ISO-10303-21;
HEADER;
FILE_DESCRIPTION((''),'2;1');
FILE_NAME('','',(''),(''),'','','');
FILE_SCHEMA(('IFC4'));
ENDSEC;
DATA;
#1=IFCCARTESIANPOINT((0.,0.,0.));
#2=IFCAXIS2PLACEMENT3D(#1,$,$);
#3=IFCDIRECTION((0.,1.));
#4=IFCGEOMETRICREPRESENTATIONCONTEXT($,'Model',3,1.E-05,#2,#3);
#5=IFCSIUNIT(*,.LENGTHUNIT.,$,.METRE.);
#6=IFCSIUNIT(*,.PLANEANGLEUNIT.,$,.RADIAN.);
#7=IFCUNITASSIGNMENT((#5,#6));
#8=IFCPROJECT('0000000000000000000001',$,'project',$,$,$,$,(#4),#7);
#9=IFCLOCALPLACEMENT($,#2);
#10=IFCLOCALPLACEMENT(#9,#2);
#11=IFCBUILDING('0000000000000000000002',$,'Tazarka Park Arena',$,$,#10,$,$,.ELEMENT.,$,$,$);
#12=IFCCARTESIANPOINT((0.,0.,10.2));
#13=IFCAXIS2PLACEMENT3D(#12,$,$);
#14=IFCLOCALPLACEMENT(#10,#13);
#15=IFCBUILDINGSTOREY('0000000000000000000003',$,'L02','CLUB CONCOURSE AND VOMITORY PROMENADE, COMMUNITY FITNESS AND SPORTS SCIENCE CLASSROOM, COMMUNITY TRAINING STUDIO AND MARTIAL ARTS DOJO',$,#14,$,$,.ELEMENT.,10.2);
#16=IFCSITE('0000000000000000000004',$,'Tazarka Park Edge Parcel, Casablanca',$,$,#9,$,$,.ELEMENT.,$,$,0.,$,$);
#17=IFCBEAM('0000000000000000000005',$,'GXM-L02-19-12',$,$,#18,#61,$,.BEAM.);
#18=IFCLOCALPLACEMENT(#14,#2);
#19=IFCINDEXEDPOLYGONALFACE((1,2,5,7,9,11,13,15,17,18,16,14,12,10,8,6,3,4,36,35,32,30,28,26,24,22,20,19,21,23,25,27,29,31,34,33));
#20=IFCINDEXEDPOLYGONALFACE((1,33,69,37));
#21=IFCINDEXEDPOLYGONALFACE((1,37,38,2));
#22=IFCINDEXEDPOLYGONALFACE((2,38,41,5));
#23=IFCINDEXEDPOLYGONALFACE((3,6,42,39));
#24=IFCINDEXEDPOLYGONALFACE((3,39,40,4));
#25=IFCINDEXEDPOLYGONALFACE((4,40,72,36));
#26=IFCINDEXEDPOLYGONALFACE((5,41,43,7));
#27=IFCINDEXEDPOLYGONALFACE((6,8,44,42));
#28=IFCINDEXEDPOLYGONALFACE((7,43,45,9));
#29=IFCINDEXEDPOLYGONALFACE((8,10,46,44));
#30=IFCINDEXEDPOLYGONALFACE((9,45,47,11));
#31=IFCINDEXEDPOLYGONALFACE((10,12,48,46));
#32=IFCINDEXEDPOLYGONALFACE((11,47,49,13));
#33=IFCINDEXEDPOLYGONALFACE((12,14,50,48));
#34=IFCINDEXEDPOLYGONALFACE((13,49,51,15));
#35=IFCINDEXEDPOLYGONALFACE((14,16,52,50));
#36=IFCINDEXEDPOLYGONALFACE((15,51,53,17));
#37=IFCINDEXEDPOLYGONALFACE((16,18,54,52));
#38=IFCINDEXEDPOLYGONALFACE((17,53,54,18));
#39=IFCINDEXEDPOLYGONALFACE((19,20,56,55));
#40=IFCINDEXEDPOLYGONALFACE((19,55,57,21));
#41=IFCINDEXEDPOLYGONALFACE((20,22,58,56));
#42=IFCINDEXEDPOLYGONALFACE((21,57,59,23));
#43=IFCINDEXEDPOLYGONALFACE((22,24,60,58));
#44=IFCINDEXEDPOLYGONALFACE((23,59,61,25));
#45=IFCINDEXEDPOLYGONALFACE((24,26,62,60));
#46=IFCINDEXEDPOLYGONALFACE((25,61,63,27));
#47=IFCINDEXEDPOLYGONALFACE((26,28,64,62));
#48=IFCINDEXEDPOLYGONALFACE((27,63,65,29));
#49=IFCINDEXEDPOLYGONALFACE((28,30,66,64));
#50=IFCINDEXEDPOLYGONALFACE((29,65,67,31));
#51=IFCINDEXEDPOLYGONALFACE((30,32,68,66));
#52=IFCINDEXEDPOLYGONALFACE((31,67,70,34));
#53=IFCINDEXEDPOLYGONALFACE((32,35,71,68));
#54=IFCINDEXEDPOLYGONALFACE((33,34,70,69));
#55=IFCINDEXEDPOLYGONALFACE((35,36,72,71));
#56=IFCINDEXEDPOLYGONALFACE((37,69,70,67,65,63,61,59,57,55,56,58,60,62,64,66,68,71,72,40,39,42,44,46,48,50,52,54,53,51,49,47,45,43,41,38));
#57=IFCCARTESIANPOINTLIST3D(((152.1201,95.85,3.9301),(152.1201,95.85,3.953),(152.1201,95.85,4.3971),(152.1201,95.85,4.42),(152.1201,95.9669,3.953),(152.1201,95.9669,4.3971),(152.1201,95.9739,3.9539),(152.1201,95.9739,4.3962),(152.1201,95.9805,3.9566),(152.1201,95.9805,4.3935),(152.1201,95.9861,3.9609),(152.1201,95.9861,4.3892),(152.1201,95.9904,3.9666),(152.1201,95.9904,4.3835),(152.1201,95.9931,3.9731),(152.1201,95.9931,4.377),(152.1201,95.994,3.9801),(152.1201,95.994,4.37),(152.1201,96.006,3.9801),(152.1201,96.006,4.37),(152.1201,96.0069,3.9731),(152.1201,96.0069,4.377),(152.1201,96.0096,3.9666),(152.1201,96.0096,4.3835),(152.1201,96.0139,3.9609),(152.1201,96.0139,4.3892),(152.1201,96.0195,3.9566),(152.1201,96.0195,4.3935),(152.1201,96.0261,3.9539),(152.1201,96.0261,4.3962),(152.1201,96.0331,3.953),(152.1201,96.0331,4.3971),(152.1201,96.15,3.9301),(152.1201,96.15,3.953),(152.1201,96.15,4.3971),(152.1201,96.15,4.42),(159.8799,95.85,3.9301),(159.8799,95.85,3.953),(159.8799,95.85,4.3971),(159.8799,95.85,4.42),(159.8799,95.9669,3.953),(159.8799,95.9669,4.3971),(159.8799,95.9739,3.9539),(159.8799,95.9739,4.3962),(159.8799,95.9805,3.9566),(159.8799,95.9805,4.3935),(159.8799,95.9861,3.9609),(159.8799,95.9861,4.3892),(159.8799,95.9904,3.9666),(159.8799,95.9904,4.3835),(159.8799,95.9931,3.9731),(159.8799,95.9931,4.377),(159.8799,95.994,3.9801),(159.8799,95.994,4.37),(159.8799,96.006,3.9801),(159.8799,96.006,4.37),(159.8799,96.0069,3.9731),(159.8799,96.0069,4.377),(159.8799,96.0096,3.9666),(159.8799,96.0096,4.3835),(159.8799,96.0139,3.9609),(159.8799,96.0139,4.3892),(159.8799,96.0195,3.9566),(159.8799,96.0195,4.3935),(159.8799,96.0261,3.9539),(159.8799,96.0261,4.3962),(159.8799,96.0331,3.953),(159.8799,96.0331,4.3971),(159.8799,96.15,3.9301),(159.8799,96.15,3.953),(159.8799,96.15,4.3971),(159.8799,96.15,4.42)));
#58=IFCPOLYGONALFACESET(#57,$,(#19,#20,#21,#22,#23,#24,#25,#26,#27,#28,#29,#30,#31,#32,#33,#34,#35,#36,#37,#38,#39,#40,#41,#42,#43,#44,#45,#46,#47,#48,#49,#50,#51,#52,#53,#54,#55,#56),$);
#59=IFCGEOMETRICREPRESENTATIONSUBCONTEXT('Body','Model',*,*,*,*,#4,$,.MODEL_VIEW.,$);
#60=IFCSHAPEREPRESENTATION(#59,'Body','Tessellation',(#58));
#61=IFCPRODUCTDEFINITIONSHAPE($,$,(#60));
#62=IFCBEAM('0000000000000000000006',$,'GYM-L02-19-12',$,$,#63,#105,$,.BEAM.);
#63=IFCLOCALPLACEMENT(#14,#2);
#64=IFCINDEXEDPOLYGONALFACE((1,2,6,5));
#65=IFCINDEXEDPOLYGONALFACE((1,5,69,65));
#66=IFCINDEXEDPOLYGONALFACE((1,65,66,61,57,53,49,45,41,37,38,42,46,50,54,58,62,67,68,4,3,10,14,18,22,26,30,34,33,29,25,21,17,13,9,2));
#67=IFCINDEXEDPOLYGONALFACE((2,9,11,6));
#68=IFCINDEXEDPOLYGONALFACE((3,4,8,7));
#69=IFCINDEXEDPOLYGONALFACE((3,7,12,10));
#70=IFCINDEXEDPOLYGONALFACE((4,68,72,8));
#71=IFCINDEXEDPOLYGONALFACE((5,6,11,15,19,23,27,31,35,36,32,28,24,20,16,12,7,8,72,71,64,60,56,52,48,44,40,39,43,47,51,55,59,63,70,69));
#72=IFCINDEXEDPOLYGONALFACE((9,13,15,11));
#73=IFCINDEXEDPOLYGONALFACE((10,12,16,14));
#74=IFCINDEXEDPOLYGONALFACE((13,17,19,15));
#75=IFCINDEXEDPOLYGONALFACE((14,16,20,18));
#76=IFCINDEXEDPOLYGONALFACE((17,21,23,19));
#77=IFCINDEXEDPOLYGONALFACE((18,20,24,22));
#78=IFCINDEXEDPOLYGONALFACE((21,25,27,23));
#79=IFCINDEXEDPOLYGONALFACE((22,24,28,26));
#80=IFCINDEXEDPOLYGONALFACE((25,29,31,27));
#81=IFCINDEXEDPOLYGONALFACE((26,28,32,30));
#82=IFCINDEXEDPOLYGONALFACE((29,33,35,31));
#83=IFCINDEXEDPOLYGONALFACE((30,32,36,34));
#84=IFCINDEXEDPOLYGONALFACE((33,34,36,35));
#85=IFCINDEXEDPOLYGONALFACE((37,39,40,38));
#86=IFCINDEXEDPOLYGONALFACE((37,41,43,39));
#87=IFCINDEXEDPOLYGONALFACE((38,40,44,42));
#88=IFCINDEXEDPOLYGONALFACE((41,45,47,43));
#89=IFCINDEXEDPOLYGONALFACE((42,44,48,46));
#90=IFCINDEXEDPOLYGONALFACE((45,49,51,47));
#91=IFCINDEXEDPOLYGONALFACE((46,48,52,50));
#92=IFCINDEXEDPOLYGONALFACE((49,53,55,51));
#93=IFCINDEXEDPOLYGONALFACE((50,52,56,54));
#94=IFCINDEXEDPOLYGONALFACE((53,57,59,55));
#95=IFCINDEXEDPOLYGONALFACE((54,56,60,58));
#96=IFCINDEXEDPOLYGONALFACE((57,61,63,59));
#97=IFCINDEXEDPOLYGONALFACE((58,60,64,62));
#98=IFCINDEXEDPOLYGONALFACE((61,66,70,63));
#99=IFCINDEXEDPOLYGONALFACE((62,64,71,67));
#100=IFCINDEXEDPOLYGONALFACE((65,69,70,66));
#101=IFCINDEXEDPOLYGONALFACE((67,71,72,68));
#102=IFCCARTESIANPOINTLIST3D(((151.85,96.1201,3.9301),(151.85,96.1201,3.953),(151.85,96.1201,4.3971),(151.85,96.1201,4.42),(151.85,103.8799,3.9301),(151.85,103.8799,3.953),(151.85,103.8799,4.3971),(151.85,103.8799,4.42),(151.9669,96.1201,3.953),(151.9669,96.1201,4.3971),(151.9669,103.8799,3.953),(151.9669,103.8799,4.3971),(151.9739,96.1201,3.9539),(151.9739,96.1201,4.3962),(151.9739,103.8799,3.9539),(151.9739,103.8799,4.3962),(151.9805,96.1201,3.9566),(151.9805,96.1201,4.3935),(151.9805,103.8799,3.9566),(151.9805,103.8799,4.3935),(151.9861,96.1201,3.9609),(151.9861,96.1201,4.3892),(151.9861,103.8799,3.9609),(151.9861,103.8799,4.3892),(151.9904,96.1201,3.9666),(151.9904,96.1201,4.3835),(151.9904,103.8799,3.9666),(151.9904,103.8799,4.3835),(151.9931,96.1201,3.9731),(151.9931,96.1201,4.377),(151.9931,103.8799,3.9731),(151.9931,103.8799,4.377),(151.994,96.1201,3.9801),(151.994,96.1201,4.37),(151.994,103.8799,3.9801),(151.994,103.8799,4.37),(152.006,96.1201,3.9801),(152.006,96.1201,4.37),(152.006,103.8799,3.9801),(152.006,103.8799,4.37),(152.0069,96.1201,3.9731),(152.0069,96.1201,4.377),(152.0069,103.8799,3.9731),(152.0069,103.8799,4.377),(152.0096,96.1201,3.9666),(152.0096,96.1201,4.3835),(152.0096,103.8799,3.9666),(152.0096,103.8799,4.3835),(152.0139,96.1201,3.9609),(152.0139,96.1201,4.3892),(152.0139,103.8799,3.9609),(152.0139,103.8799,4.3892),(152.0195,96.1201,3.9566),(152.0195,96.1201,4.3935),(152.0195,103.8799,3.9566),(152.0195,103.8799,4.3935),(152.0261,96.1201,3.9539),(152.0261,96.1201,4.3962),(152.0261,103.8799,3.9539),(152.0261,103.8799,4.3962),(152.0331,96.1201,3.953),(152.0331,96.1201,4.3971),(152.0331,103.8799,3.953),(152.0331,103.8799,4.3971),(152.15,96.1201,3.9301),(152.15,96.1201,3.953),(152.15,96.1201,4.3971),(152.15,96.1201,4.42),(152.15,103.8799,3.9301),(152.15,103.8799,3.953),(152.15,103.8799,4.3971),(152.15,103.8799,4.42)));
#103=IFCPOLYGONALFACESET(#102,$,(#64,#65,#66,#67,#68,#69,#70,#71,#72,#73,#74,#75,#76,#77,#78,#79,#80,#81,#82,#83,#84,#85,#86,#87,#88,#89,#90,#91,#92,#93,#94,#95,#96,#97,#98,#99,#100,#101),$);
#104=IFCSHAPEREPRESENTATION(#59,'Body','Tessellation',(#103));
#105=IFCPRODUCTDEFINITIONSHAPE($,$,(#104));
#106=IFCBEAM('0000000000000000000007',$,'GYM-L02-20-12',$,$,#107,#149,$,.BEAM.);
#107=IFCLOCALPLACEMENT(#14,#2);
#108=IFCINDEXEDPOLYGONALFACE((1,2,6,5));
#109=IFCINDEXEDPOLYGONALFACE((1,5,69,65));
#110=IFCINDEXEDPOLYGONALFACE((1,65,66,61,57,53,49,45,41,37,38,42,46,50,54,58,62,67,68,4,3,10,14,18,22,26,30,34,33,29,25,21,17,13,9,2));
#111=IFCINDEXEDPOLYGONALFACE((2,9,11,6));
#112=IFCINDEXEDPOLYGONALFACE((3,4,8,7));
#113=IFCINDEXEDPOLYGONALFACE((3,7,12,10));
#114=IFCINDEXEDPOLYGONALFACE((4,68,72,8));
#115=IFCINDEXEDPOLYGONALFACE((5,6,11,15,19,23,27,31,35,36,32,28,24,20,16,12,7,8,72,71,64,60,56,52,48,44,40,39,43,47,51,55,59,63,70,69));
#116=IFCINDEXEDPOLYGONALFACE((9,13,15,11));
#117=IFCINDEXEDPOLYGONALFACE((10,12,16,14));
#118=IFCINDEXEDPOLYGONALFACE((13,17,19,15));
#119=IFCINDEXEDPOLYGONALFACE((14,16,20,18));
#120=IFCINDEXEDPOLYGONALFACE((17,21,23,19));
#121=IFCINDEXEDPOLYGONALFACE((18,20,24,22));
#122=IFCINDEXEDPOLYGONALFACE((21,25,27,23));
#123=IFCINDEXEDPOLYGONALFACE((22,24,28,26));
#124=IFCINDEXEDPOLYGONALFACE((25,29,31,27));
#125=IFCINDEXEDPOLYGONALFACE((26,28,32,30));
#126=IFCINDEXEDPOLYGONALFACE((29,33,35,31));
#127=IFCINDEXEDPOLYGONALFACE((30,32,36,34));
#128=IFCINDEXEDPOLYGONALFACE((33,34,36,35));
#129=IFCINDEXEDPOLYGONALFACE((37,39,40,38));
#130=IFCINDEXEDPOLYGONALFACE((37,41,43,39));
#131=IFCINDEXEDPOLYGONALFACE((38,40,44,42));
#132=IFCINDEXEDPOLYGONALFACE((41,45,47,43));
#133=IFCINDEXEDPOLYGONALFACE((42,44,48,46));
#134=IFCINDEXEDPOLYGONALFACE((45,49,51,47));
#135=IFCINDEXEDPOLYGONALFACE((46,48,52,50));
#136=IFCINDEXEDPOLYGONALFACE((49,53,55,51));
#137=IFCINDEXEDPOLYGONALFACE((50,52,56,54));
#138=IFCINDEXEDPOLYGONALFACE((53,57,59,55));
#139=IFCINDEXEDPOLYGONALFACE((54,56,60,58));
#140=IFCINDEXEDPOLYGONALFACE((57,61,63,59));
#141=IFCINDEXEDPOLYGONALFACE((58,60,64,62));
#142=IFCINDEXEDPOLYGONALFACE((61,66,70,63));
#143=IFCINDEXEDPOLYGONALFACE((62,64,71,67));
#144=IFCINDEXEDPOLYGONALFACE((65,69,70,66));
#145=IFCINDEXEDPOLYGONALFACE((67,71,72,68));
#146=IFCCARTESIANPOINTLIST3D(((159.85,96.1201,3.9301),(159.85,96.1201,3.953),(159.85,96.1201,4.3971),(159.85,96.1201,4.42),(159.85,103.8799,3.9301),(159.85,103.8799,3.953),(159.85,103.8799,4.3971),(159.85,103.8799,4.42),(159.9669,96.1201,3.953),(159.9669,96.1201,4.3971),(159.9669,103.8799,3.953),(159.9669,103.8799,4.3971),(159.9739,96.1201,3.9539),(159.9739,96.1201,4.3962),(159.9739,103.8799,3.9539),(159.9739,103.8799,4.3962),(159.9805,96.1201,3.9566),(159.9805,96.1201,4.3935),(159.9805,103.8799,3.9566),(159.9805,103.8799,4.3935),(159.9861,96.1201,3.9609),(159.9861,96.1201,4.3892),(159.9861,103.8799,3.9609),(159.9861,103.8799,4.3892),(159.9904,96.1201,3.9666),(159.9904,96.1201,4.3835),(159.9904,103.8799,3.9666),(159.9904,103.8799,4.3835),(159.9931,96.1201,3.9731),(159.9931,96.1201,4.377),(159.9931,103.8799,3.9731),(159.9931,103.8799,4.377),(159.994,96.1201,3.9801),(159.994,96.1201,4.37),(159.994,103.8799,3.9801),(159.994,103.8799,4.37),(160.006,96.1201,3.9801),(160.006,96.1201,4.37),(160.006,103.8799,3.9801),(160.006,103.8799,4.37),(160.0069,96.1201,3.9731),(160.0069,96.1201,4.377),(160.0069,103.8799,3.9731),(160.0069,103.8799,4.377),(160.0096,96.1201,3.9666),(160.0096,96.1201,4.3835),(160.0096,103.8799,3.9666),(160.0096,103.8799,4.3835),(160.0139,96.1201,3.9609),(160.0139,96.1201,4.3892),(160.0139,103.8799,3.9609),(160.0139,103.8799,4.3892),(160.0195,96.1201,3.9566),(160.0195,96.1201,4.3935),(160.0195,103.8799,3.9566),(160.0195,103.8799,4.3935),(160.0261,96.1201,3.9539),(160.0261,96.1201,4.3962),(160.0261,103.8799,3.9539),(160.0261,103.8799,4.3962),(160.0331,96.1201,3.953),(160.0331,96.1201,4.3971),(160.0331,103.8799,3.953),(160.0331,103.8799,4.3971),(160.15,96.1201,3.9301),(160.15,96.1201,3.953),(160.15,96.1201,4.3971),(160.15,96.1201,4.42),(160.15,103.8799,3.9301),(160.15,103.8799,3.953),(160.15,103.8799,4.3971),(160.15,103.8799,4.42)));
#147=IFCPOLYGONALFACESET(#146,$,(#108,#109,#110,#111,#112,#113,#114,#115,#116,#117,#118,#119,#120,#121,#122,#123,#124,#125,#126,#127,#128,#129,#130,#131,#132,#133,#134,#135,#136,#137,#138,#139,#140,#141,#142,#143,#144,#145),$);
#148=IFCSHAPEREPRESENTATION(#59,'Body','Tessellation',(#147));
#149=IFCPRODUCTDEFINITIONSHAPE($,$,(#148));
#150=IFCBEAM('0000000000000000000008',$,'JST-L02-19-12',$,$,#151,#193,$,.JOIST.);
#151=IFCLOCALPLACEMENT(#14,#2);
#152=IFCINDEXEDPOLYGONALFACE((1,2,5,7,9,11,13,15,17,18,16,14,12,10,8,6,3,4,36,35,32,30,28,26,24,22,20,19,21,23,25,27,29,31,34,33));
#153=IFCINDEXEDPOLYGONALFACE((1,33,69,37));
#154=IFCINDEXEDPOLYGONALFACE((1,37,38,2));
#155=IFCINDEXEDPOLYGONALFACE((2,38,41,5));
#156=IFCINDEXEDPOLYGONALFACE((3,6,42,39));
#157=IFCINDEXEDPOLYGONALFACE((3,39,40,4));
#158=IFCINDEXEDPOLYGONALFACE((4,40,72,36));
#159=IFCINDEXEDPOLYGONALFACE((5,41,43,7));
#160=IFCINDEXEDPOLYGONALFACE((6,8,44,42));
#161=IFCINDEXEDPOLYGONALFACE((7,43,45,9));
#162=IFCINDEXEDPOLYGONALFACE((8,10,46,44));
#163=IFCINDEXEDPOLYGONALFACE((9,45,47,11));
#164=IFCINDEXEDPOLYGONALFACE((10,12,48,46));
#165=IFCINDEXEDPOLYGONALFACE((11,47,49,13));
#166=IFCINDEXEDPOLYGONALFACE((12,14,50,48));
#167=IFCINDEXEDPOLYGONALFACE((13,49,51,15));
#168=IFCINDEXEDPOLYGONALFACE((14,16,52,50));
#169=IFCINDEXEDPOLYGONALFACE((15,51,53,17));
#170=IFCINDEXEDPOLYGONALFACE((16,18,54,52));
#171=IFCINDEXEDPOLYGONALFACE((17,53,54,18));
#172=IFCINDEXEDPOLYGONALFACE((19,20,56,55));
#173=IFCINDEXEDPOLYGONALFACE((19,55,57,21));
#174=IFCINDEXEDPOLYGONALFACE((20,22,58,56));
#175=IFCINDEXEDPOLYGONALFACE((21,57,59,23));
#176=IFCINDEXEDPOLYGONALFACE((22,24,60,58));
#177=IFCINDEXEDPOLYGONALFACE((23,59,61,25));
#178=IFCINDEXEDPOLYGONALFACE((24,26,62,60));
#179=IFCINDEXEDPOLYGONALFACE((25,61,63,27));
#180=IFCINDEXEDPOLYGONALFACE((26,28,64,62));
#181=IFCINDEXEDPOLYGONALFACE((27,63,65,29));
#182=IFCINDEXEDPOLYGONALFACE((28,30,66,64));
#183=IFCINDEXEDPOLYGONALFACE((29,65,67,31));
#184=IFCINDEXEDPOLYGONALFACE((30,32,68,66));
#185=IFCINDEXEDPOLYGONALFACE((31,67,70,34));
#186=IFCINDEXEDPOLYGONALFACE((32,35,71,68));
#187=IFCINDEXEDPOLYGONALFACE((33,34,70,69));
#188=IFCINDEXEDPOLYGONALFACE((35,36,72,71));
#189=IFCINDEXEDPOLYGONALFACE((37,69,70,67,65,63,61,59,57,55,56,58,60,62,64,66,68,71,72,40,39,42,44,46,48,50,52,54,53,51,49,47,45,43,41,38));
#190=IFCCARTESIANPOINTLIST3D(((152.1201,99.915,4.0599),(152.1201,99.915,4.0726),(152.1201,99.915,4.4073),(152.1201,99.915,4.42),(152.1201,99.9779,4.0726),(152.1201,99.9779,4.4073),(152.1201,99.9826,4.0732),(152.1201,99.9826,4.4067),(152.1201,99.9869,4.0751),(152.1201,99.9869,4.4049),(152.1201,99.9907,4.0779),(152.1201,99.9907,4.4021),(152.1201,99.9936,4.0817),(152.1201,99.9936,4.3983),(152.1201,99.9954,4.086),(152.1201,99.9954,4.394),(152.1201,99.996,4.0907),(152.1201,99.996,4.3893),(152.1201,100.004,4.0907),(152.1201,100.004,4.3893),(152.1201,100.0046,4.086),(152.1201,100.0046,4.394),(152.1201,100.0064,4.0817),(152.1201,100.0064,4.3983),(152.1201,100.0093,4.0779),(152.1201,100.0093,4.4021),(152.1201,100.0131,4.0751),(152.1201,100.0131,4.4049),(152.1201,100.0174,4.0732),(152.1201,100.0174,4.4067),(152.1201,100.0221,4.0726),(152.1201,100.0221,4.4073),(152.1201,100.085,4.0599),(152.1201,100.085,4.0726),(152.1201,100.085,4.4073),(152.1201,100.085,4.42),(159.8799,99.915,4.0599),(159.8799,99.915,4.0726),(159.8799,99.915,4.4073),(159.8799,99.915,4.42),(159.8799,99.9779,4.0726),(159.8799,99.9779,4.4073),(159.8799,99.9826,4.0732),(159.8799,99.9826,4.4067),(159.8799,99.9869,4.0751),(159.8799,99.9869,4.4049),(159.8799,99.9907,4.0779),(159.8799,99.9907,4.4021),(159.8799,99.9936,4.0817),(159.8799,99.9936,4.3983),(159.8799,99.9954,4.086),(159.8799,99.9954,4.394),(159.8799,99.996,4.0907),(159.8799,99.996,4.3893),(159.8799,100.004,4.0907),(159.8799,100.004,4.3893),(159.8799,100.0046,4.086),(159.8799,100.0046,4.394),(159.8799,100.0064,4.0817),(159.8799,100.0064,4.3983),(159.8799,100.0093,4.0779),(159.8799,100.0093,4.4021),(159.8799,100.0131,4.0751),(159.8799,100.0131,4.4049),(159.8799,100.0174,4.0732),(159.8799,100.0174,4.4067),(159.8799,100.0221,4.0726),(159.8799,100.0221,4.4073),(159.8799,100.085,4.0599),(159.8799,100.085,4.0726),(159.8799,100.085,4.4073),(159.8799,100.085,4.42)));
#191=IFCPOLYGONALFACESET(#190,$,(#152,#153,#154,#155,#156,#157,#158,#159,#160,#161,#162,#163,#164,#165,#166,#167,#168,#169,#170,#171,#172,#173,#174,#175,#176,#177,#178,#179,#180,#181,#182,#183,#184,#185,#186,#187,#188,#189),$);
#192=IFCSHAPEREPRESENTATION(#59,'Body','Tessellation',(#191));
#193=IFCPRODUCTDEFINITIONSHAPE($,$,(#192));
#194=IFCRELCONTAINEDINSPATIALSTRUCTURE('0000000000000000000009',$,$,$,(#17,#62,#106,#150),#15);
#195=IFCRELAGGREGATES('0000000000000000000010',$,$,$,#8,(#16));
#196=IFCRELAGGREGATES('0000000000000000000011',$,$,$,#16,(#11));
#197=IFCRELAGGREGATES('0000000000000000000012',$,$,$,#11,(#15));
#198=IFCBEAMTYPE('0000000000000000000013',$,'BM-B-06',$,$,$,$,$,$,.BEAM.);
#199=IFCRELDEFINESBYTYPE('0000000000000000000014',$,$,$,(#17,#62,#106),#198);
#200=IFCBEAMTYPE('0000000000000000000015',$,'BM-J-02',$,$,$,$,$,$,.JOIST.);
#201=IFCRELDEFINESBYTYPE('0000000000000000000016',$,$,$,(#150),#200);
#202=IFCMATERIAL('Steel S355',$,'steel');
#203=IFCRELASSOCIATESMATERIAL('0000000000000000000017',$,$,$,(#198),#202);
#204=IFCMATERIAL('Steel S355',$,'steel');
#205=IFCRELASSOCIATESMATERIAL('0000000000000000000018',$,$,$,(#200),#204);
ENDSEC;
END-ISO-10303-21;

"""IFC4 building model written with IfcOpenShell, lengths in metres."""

from ifc_helpers import new_model, si_unit, direction, frame, origin, origin_2d, place, context, subcontext, project, spatial, i_section, extrude, material, material_profile, profile_set, type_object, element, save


model = new_model("IFC4")

# Units and contexts
model_context = context("Model", 3, precision=1e-05, world=origin(), true_north=direction((0.0, 1.0)))
body_context = subcontext(model_context, "Body", "Model", "MODEL_VIEW")
ifc_project = project(units=[si_unit("LENGTHUNIT", "METRE"), si_unit("PLANEANGLEUNIT", "RADIAN")], contexts=[model_context])

# Site, building, storey
site_placement = place(None, origin())
site = spatial("IfcSite", under=ifc_project, at=site_placement, Name="Tazarka Park Edge Parcel, Casablanca", CompositionType="ELEMENT", RefElevation=0.0)
building_placement = place(site_placement, origin())
building = spatial("IfcBuilding", under=site, at=building_placement, Name="Tazarka Park Arena", CompositionType="ELEMENT")
storey_placement = place(building_placement, frame((0.0, 0.0, 10.2)))
storey = spatial("IfcBuildingStorey", under=building, at=storey_placement, Name="L02", Description="CLUB CONCOURSE AND VOMITORY PROMENADE, COMMUNITY FITNESS AND SPORTS SCIENCE CLASSROOM, COMMUNITY TRAINING STUDIO AND MARTIAL ARTS DOJO", CompositionType="ELEMENT", Elevation=10.2)

# Beams
ifc_material_1 = material(Name="Steel S355", Category="steel")
ifc_material_profile_1 = material_profile(ifc_material_1, i_section(OverallWidth=0.3, OverallDepth=0.49, WebThickness=0.012, FlangeThickness=0.0229, FilletRadius=0.0271, at=origin_2d()), Name="Steel S355")
ifc_profile_set_1 = profile_set([ifc_material_profile_1], Name="Steel S355")
beam_type_1 = type_object("IfcBeamType", Name="BM-B-06", PredefinedType="BEAM", material=ifc_profile_set_1)
for number, where, z_axis, x_axis, name in (
    (1, (152.1201, 96.0, 4.175), (1.0, 0.0, 0.0), (0.0, 1.0, 0.0), "GXM-L02-19-12"),
    (2, (152.0, 96.1201, 4.175), (0.0, 1.0, 0.0), (-1.0, 0.0, 0.0), "GYM-L02-19-12"),
    (3, (160.0, 96.1201, 4.175), (0.0, 1.0, 0.0), (-1.0, 0.0, 0.0), "GYM-L02-20-12"),
):
    element("IfcBeam", number, at=place(storey_placement, frame(where, z_axis=z_axis, x_axis=x_axis)), inside=storey, type_object=beam_type_1, Name=name, PredefinedType="BEAM", context=body_context, shape_type="SweptSolid", body=[
        extrude(i_section(OverallWidth=0.3, OverallDepth=0.49, WebThickness=0.012, FlangeThickness=0.0229, FilletRadius=0.0271, at=origin_2d()), origin(), (0.0, 0.0, 1.0), 7.7598),
    ])
ifc_material_2 = material(Name="Steel S355", Category="steel")
ifc_material_profile_2 = material_profile(ifc_material_2, i_section(OverallWidth=0.1699, OverallDepth=0.3601, WebThickness=0.0081, FlangeThickness=0.0127, FilletRadius=0.0181, at=origin_2d()), Name="Steel S355")
ifc_profile_set_2 = profile_set([ifc_material_profile_2], Name="Steel S355")
beam_type_2 = type_object("IfcBeamType", Name="BM-J-02", PredefinedType="JOIST", material=ifc_profile_set_2)
beam_1_placement = place(storey_placement, frame((152.1201, 100.0, 4.24), z_axis=(1.0, 0.0, 0.0), x_axis=(0.0, 1.0, 0.0)))
element("IfcBeam", 4, at=beam_1_placement, inside=storey, type_object=beam_type_2, Name="JST-L02-19-12", PredefinedType="JOIST", context=body_context, shape_type="SweptSolid", body=[
    extrude(i_section(OverallWidth=0.1699, OverallDepth=0.3601, WebThickness=0.0081, FlangeThickness=0.0127, FilletRadius=0.0181, at=origin_2d()), origin(), (0.0, 0.0, 1.0), 7.7598),
])

save(model, "model.ifc")
